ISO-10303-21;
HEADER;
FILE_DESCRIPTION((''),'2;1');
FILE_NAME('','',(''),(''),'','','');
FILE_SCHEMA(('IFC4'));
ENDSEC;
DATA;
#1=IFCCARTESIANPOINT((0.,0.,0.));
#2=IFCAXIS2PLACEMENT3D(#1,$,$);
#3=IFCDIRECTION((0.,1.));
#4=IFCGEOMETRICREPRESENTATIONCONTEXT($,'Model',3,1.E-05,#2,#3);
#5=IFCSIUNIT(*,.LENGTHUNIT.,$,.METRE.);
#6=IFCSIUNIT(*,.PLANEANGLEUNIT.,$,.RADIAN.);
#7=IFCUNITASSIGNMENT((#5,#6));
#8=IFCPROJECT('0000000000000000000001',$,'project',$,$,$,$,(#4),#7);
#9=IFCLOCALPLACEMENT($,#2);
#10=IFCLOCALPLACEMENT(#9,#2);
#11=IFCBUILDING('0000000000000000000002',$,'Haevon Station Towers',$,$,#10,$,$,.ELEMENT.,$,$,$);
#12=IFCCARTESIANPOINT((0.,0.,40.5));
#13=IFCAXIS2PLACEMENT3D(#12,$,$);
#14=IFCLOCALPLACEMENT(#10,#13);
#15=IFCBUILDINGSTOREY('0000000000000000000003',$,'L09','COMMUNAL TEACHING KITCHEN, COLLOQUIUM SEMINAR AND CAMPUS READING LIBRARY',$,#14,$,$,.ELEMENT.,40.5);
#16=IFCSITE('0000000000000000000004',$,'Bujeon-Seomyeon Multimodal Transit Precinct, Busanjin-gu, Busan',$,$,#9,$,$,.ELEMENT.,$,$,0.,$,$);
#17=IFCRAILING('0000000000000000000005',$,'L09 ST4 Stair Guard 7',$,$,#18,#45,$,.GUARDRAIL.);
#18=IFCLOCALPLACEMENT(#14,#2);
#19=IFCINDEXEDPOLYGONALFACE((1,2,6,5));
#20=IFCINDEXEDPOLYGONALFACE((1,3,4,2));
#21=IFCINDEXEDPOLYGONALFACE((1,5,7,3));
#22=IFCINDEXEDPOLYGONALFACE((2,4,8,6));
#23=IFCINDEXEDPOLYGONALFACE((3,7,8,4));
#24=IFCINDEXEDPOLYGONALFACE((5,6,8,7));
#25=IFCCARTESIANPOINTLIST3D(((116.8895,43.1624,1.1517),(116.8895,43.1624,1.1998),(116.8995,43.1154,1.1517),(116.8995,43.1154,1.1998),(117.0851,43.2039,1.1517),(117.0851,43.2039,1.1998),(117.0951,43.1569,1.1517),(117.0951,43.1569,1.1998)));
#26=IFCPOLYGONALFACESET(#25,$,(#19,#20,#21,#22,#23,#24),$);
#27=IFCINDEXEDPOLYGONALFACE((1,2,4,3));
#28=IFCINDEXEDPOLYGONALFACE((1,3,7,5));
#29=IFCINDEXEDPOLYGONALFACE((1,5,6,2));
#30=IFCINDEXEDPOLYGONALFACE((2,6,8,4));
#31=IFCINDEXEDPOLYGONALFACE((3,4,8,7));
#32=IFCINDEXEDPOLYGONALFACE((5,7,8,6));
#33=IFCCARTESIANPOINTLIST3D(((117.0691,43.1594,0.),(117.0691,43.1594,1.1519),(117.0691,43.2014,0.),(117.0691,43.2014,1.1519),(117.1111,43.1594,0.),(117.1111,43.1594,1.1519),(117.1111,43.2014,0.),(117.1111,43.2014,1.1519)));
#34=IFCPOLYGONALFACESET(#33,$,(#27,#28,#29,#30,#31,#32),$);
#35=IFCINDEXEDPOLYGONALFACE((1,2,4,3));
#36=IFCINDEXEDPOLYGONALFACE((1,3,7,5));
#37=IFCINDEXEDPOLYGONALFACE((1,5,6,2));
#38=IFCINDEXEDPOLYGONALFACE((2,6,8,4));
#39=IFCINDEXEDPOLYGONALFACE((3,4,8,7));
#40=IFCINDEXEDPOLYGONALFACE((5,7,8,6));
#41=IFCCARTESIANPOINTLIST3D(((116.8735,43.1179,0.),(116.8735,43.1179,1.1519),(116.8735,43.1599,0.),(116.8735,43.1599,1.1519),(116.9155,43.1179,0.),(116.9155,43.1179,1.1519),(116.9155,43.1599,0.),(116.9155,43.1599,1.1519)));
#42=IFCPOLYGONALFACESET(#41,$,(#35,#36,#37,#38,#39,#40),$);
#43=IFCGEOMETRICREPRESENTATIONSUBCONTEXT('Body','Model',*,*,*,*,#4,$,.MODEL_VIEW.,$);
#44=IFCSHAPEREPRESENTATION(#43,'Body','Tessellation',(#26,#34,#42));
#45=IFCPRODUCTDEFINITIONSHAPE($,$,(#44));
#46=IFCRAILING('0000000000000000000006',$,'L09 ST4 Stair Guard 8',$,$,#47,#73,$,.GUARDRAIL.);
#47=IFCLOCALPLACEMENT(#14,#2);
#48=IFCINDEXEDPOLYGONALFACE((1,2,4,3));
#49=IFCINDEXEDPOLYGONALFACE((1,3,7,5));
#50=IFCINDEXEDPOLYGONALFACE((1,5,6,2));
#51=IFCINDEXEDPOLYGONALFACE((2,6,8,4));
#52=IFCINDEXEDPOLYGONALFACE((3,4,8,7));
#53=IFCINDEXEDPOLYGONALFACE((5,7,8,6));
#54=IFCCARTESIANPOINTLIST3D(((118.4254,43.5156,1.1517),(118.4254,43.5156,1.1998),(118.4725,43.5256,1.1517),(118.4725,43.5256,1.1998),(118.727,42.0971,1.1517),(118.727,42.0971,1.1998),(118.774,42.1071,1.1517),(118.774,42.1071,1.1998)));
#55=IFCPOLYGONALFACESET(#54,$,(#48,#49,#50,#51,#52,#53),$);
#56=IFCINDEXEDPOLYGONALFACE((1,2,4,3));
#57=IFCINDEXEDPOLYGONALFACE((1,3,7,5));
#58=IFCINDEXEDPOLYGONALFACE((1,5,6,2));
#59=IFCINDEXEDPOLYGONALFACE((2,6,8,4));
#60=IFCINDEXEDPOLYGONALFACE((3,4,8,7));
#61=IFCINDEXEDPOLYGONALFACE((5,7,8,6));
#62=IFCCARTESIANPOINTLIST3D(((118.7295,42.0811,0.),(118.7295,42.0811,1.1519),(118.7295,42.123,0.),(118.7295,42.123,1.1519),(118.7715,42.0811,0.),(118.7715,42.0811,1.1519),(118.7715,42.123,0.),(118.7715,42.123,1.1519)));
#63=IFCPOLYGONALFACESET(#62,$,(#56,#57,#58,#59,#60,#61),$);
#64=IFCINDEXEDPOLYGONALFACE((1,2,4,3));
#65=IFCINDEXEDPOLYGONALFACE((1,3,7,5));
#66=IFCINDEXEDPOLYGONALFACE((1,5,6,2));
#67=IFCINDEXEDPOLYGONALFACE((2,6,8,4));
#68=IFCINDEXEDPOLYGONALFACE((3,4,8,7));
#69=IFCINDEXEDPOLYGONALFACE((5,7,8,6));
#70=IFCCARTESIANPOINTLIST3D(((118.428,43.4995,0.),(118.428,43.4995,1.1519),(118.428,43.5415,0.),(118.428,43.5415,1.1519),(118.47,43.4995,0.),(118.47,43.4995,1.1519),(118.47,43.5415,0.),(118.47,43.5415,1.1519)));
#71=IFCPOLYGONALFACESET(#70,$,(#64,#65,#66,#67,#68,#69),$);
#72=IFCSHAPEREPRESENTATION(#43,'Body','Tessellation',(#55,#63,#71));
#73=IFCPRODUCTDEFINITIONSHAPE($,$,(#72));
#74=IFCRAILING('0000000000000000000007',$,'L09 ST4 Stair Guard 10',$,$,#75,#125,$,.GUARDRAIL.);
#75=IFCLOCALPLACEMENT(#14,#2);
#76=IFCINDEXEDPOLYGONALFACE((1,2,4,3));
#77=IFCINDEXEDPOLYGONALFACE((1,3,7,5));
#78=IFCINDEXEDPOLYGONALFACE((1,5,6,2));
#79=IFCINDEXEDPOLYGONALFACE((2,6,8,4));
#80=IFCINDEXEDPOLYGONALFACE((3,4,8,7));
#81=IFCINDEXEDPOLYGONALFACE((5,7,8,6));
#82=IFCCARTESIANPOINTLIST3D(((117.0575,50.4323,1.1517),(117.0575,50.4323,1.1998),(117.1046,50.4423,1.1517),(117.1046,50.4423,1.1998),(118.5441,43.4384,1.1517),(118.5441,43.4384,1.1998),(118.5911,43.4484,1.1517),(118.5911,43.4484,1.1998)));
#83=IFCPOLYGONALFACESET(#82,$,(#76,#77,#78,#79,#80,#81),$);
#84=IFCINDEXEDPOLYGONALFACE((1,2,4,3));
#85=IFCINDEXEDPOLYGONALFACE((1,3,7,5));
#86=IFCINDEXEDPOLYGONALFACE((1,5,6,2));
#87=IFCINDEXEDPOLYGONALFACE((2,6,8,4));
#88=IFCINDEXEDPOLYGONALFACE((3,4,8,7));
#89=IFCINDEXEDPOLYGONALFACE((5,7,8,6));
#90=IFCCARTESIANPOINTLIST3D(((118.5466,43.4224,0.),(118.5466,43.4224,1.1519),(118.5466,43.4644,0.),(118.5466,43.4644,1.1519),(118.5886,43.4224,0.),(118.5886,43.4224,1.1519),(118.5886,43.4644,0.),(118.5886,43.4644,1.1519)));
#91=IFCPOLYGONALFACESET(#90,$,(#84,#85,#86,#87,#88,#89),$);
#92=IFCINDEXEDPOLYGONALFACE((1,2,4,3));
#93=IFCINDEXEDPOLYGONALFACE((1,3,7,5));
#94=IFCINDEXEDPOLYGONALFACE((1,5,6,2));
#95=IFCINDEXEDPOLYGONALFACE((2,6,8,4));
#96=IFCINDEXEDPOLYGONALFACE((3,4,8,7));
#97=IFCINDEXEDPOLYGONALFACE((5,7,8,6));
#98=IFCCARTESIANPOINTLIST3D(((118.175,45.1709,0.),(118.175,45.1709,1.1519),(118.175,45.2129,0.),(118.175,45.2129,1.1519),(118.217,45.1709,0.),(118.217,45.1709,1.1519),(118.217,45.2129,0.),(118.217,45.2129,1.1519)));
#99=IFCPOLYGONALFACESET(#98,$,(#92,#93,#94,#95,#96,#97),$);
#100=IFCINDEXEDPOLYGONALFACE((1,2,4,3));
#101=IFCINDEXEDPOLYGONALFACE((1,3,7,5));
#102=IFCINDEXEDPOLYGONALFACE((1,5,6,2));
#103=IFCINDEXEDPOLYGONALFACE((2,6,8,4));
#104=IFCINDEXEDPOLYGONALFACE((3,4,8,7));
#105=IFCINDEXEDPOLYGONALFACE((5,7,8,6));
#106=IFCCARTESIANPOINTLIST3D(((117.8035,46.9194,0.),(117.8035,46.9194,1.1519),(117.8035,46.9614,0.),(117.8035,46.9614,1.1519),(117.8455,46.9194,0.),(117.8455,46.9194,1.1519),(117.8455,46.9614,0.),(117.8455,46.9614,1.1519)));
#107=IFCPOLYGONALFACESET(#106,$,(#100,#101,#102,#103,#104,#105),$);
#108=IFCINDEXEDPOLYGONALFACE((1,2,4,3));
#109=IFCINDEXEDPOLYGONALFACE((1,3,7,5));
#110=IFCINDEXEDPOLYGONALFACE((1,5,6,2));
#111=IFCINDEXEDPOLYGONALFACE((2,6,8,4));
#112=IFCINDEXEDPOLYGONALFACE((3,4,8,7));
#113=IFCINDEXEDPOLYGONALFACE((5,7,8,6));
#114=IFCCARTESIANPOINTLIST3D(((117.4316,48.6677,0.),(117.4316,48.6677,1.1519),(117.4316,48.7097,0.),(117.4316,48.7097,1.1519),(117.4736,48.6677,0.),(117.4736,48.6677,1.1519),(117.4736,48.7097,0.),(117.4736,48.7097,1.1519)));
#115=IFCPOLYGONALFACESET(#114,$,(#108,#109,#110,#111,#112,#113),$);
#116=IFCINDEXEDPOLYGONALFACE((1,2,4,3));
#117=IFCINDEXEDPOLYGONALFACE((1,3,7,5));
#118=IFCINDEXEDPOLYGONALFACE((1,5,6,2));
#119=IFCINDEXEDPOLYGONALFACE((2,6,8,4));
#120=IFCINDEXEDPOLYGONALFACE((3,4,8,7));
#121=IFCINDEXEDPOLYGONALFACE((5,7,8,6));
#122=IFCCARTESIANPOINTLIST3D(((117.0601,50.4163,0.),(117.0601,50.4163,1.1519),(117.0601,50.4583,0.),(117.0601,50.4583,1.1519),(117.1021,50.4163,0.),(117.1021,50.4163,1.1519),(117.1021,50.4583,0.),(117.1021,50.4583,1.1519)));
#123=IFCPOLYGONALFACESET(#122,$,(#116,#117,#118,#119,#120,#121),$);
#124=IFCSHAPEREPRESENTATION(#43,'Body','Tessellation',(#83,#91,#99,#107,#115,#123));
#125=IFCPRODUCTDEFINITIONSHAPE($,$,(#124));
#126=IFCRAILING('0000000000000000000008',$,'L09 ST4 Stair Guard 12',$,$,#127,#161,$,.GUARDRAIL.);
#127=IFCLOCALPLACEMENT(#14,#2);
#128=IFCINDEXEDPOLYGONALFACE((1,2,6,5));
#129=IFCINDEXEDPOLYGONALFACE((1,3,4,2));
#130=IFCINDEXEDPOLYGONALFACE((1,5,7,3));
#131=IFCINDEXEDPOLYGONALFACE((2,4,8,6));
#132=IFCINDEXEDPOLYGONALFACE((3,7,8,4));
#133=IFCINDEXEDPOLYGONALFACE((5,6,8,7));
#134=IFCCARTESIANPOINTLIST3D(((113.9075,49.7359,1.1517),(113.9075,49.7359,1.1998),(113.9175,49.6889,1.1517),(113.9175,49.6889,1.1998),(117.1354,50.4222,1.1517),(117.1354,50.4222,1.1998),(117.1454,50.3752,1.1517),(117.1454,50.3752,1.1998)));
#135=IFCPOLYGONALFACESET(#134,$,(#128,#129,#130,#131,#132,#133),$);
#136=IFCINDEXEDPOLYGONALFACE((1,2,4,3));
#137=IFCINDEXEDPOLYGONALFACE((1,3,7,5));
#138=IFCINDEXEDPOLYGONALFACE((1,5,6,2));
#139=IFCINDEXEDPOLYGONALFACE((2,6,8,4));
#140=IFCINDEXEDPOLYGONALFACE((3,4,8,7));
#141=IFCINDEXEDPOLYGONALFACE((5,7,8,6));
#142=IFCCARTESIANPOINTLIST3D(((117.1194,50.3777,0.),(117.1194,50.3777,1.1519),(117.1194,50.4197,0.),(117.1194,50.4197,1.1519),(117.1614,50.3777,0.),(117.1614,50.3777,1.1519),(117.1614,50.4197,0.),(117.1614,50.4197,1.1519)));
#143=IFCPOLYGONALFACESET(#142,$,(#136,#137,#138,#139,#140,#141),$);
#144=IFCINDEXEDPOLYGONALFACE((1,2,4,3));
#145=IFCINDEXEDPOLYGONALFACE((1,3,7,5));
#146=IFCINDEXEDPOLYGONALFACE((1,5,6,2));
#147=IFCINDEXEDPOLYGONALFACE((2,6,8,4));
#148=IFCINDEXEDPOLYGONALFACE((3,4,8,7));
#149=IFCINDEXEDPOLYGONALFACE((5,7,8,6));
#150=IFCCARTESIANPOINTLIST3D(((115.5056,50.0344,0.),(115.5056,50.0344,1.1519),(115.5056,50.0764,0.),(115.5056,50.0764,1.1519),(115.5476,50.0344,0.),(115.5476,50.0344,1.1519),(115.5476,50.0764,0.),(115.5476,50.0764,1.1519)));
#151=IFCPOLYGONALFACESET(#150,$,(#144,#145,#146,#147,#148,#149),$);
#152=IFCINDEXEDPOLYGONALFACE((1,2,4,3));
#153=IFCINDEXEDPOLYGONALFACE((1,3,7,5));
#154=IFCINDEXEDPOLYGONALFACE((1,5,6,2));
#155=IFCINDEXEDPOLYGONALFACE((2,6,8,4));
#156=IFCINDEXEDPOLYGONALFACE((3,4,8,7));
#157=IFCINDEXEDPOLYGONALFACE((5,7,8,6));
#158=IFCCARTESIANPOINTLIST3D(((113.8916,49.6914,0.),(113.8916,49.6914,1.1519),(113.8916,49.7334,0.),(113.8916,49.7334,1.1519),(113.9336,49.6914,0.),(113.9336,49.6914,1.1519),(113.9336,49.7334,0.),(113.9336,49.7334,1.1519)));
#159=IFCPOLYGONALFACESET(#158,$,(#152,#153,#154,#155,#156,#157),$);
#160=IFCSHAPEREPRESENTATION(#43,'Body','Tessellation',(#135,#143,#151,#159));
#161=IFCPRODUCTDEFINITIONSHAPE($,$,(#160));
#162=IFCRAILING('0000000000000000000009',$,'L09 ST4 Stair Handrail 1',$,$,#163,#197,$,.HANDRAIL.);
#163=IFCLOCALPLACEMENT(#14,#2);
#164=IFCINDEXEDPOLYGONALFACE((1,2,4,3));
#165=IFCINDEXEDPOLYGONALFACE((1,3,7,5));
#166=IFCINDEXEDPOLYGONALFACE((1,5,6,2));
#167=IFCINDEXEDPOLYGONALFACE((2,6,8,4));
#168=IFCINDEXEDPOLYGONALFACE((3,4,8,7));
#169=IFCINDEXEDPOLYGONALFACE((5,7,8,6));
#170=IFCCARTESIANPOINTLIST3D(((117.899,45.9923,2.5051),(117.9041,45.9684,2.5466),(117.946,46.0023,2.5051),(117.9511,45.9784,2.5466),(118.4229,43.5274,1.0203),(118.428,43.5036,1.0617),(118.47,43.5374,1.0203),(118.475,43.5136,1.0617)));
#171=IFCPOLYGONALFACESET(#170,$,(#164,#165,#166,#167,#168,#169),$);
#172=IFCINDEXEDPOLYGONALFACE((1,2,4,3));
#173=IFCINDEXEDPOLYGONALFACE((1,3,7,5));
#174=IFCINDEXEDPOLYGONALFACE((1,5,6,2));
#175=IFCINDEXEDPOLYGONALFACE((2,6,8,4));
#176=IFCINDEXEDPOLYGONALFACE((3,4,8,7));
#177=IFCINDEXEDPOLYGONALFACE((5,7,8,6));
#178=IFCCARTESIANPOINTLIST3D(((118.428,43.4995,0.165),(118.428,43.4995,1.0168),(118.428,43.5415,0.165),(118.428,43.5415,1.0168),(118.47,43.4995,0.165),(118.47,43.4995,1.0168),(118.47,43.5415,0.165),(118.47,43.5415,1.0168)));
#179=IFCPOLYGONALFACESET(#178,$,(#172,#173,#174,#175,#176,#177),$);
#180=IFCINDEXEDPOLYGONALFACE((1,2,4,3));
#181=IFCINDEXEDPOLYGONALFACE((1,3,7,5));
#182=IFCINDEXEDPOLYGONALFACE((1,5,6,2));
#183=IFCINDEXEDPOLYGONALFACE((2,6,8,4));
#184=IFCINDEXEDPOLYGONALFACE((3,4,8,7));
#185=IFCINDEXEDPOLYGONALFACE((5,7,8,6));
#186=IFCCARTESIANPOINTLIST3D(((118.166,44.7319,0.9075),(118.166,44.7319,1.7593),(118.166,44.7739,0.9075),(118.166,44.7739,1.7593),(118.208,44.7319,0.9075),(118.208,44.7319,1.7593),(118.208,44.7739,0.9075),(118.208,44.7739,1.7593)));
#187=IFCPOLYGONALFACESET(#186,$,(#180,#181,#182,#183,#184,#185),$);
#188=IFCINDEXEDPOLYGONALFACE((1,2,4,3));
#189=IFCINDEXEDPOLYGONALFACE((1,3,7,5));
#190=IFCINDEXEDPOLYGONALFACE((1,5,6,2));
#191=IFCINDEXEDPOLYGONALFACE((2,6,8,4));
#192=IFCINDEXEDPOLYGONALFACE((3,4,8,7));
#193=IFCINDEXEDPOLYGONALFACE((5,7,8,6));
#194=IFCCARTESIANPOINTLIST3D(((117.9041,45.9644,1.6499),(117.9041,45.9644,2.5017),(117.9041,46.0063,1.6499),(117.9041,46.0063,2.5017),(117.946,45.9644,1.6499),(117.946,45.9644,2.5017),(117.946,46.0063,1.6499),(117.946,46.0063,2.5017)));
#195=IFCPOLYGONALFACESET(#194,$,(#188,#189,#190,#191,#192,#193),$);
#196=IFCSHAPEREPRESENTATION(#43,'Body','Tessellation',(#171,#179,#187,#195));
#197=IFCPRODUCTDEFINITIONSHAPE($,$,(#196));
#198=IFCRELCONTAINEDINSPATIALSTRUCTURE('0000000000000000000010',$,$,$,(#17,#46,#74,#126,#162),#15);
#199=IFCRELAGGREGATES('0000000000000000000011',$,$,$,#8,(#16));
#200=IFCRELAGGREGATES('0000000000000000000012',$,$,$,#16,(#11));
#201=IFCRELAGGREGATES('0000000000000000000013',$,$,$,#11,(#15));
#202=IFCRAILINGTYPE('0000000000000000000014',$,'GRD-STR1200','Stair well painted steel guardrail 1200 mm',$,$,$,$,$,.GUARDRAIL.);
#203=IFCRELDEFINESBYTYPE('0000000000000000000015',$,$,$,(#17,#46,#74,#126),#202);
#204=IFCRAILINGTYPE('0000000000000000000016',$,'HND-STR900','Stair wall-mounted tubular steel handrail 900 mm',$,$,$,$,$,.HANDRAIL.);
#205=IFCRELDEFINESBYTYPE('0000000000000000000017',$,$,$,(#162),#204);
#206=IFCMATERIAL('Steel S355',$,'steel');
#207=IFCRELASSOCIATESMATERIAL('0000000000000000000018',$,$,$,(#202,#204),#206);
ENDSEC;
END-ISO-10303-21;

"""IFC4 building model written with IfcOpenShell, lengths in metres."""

from ifc_helpers import new_model, si_unit, direction, frame, origin, origin_2d, place, context, subcontext, project, spatial, rectangle, extrude, material, type_object, element, save


model = new_model("IFC4")

# Units and contexts
model_context = context("Model", 3, precision=1e-05, world=origin(), true_north=direction((0.0, 1.0)))
body_context = subcontext(model_context, "Body", "Model", "MODEL_VIEW")
ifc_project = project(units=[si_unit("LENGTHUNIT", "METRE"), si_unit("PLANEANGLEUNIT", "RADIAN")], contexts=[model_context])

# Site, building, storey
site_placement = place(None, origin())
site = spatial("IfcSite", under=ifc_project, at=site_placement, Name="Bujeon-Seomyeon Multimodal Transit Precinct, Busanjin-gu, Busan", CompositionType="ELEMENT", RefElevation=0.0)
building_placement = place(site_placement, origin())
building = spatial("IfcBuilding", under=site, at=building_placement, Name="Haevon Station Towers", CompositionType="ELEMENT")
storey_placement = place(building_placement, frame((0.0, 0.0, 40.5)))
storey = spatial("IfcBuildingStorey", under=building, at=storey_placement, Name="L09", Description="COMMUNAL TEACHING KITCHEN, COLLOQUIUM SEMINAR AND CAMPUS READING LIBRARY", CompositionType="ELEMENT", Elevation=40.5)

# Shared definitions
ifc_material_1 = material(Name="Steel S355", Category="steel")

# Railings
railing_type_1 = type_object("IfcRailingType", Name="GRD-STR1200", Description="Stair well painted steel guardrail 1200 mm", PredefinedType="GUARDRAIL", material=ifc_material_1)
railing_1_placement = place(storey_placement, frame((117.0901, 43.1804, 0.0)))
element("IfcRailing", 1, at=railing_1_placement, inside=storey, type_object=railing_type_1, Name="L09 ST4 Stair Guard 7", PredefinedType="GUARDRAIL", context=body_context, shape_type="SweptSolid", body=[
    extrude(rectangle(XDim=0.0481, YDim=0.0481, at=origin_2d()), frame((0.0, 0.0, 1.1758), z_axis=(-0.978212, -0.20761, 0.0), x_axis=(0.20761, -0.978212, 0.0)), (0.0, 0.0, 1.0), 0.2),
    extrude(rectangle(XDim=0.042, YDim=0.042, at=origin_2d()), origin(), (0.0, 0.0, 1.0), 1.1519),
    extrude(rectangle(XDim=0.042, YDim=0.042, at=origin_2d()), frame((-0.1956, -0.0415, 0.0)), (0.0, 0.0, 1.0), 1.1519),
])
railing_2_placement = place(storey_placement, frame((118.7505, 42.1021, 0.0)))
element("IfcRailing", 2, at=railing_2_placement, inside=storey, type_object=railing_type_1, Name="L09 ST4 Stair Guard 8", PredefinedType="GUARDRAIL", context=body_context, shape_type="SweptSolid", body=[
    extrude(rectangle(XDim=0.0481, YDim=0.0481, at=origin_2d()), frame((0.0, 0.0, 1.1758), z_axis=(-0.207919, 0.978146, 0.0), x_axis=(-0.978146, -0.207919, 0.0)), (0.0, 0.0, 1.0), 1.4502),
    extrude(rectangle(XDim=0.042, YDim=0.042, at=origin_2d()), origin(), (0.0, 0.0, 1.0), 1.1519),
    extrude(rectangle(XDim=0.042, YDim=0.042, at=origin_2d()), frame((-0.3015, 1.4185, 0.0)), (0.0, 0.0, 1.0), 1.1519),
])
railing_3_placement = place(storey_placement, frame((118.5676, 43.4434, 0.0)))
element("IfcRailing", 3, at=railing_3_placement, inside=storey, type_object=railing_type_1, Name="L09 ST4 Stair Guard 10", PredefinedType="GUARDRAIL", context=body_context, shape_type="SweptSolid", body=[
    extrude(rectangle(XDim=0.0481, YDim=0.0481, at=origin_2d()), frame((0.0, 0.0, 1.1758), z_axis=(-0.207908, 0.978148, 0.0), x_axis=(-0.978148, -0.207908, 0.0)), (0.0, 0.0, 1.0), 7.1501),
    extrude(rectangle(XDim=0.042, YDim=0.042, at=origin_2d()), origin(), (0.0, 0.0, 1.0), 1.1519),
    extrude(rectangle(XDim=0.042, YDim=0.042, at=origin_2d()), frame((-0.3716, 1.7485, 0.0)), (0.0, 0.0, 1.0), 1.1519),
    extrude(rectangle(XDim=0.042, YDim=0.042, at=origin_2d()), frame((-0.7432, 3.4971, 0.0)), (0.0, 0.0, 1.0), 1.1519),
    extrude(rectangle(XDim=0.042, YDim=0.042, at=origin_2d()), frame((-1.115, 5.2454, 0.0)), (0.0, 0.0, 1.0), 1.1519),
    extrude(rectangle(XDim=0.042, YDim=0.042, at=origin_2d()), frame((-1.4866, 6.9939, 0.0)), (0.0, 0.0, 1.0), 1.1519),
])
railing_4_placement = place(storey_placement, frame((117.1404, 50.3987, 0.0)))
element("IfcRailing", 4, at=railing_4_placement, inside=storey, type_object=railing_type_1, Name="L09 ST4 Stair Guard 12", PredefinedType="GUARDRAIL", context=body_context, shape_type="SweptSolid", body=[
    extrude(rectangle(XDim=0.0481, YDim=0.0481, at=origin_2d()), frame((0.0, 0.0, 1.1758), z_axis=(-0.978136, -0.207968, 0.0), x_axis=(0.207968, -0.978136, 0.0)), (0.0, 0.0, 1.0), 3.3),
    extrude(rectangle(XDim=0.042, YDim=0.042, at=origin_2d()), origin(), (0.0, 0.0, 1.0), 1.1519),
    extrude(rectangle(XDim=0.042, YDim=0.042, at=origin_2d()), frame((-1.6138, -0.3433, 0.0)), (0.0, 0.0, 1.0), 1.1519),
    extrude(rectangle(XDim=0.042, YDim=0.042, at=origin_2d()), frame((-3.2278, -0.6863, 0.0)), (0.0, 0.0, 1.0), 1.1519),
])
railing_type_2 = type_object("IfcRailingType", Name="HND-STR900", Description="Stair wall-mounted tubular steel handrail 900 mm", PredefinedType="HANDRAIL", material=ifc_material_1)
railing_5_placement = place(storey_placement, frame((118.449, 43.5205, 0.165)))
element("IfcRailing", 5, at=railing_5_placement, inside=storey, type_object=railing_type_2, Name="L09 ST4 Stair Handrail 1", PredefinedType="HANDRAIL", context=body_context, shape_type="SweptSolid", body=[
    extrude(rectangle(XDim=0.0481, YDim=0.0481, at=origin_2d()), frame((0.0, 0.0, 0.876), z_axis=(-0.179129, 0.842724, 0.507671), x_axis=(-0.978147, -0.207914, 0.0)), (0.0, 0.0, 1.0), 2.9248),
    extrude(rectangle(XDim=0.042, YDim=0.042, at=origin_2d()), origin(), (0.0, 0.0, 1.0), 0.8518),
    extrude(rectangle(XDim=0.042, YDim=0.042, at=origin_2d()), frame((-0.262, 1.2324, 0.7424)), (0.0, 0.0, 1.0), 0.8518),
    extrude(rectangle(XDim=0.042, YDim=0.042, at=origin_2d()), frame((-0.5239, 2.4648, 1.4849)), (0.0, 0.0, 1.0), 0.8518),
])

save(model, "model.ifc")
